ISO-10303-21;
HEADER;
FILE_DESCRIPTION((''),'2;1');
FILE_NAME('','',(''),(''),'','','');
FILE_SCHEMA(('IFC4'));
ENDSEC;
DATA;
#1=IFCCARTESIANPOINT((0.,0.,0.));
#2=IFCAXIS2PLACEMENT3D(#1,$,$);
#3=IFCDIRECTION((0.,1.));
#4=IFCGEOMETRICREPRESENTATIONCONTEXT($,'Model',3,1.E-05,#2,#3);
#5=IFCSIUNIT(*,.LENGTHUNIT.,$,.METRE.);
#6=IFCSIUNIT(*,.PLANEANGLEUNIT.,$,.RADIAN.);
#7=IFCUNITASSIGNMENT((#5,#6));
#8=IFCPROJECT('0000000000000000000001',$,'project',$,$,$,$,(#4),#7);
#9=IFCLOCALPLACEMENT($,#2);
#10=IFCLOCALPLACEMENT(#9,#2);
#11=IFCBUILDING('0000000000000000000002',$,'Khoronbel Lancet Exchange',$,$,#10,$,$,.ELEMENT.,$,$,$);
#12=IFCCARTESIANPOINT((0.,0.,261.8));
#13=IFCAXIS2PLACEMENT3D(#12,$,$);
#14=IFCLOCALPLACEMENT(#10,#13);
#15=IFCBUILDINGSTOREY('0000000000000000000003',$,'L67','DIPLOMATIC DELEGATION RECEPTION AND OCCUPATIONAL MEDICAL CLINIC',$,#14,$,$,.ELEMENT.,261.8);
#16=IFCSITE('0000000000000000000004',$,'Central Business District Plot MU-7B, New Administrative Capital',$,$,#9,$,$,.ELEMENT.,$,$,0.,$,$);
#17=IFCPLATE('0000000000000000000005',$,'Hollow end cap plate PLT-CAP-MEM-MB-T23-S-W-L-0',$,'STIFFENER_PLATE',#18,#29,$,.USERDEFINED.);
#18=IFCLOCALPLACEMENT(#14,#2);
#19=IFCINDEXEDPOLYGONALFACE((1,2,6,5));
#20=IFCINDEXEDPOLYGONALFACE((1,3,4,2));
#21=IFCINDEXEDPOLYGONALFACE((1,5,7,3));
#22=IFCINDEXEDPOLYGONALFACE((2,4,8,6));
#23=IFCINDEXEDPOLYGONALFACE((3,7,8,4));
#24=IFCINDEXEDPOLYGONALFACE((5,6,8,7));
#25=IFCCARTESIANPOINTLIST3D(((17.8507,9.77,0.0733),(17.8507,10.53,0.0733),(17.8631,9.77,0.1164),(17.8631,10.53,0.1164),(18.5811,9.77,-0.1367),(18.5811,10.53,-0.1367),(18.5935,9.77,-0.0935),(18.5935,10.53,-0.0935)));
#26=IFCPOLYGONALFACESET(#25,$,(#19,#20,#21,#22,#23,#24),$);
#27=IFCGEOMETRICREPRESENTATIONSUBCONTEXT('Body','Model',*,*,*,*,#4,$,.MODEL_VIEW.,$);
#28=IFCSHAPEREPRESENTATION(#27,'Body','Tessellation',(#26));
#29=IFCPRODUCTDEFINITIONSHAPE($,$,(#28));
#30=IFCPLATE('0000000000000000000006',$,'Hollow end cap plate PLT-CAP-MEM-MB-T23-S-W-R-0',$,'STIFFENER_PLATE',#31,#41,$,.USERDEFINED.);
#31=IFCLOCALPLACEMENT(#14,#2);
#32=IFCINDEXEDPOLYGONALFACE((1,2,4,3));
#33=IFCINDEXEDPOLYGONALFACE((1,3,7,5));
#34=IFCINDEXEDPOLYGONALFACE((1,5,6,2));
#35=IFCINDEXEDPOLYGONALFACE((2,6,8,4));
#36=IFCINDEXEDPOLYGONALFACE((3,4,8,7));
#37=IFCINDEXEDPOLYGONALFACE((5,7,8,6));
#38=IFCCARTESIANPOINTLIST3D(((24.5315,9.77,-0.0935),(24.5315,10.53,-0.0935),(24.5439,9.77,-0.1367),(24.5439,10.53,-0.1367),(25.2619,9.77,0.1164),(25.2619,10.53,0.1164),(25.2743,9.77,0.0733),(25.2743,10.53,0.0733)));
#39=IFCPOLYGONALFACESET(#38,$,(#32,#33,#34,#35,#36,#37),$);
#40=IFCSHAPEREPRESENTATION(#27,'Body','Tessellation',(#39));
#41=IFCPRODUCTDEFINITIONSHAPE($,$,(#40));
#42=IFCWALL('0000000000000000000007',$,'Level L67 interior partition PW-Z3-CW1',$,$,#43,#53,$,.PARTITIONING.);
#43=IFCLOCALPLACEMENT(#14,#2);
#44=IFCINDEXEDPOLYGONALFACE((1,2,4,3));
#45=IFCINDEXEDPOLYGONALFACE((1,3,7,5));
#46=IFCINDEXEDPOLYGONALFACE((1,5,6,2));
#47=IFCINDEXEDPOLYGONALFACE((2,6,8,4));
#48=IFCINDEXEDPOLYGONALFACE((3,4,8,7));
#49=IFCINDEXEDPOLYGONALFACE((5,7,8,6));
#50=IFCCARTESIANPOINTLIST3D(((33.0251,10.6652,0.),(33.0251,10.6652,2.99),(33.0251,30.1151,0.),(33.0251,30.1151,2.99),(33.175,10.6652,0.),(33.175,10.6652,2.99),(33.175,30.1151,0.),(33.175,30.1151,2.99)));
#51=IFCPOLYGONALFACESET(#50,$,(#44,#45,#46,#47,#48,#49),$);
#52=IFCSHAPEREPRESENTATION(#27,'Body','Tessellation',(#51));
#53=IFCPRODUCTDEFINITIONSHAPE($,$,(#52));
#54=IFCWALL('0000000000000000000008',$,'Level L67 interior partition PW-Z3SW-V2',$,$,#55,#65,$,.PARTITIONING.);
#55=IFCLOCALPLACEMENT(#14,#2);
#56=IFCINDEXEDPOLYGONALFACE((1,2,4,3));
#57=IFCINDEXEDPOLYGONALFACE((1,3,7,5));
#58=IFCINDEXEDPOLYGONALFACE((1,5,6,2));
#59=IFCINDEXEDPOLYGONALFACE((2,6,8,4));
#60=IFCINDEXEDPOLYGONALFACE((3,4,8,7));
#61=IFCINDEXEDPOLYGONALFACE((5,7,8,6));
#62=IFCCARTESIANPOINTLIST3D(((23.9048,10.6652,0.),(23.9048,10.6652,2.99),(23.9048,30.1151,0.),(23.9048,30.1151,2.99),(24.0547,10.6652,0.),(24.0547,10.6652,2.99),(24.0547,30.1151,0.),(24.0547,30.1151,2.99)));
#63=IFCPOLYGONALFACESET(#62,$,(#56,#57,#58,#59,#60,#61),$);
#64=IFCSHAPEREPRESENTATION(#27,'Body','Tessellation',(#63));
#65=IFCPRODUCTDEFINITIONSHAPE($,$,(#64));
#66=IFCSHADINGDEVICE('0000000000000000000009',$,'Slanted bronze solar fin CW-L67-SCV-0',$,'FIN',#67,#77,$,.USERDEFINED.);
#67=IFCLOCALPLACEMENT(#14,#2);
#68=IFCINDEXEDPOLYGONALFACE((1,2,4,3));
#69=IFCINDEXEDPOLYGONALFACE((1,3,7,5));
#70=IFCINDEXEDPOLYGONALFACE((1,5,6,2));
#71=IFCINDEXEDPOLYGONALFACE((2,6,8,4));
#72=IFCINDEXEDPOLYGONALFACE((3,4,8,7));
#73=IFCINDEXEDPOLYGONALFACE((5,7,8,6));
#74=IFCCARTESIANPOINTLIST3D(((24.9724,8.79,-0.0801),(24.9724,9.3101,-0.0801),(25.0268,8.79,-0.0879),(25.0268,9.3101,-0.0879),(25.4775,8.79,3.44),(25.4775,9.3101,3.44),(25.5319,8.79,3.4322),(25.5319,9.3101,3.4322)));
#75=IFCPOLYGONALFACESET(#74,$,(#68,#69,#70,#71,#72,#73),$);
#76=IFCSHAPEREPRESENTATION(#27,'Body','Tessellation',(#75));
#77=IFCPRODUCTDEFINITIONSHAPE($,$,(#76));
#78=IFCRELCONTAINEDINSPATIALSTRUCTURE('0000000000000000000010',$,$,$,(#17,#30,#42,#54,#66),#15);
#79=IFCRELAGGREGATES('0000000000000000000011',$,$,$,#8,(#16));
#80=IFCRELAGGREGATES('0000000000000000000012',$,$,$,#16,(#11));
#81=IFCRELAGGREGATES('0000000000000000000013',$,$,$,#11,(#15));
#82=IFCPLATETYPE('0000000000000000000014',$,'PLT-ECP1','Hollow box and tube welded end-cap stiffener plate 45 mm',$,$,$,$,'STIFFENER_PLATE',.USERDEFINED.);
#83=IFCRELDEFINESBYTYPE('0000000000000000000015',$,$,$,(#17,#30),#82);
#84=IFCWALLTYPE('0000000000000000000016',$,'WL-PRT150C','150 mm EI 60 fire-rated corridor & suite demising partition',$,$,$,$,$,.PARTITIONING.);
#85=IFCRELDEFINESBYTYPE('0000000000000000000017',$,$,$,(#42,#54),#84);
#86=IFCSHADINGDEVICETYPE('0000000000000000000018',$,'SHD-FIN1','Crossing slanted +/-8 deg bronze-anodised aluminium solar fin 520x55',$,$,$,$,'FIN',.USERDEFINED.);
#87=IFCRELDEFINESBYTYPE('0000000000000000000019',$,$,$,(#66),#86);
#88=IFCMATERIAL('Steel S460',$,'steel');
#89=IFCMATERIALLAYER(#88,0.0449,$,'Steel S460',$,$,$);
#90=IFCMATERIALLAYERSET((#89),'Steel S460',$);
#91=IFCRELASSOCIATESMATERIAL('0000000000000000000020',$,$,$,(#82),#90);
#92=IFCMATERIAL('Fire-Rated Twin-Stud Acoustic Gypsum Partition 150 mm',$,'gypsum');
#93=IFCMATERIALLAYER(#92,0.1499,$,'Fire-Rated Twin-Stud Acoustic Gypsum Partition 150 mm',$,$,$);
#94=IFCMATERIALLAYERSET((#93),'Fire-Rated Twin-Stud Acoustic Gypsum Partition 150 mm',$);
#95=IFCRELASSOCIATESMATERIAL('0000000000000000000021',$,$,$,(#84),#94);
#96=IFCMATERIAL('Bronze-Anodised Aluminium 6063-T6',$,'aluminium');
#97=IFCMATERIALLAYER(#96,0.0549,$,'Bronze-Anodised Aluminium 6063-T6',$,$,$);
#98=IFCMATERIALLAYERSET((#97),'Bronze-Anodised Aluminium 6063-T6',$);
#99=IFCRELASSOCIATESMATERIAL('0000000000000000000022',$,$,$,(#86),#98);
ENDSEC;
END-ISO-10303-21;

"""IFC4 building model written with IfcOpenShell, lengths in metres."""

from ifc_helpers import new_model, si_unit, direction, frame, frame_2d, origin, place, context, subcontext, project, spatial, polyline, rectangle, outline, extrude, material, layer, layer_set, type_object, element, save


model = new_model("IFC4")

# Units and contexts
model_context = context("Model", 3, precision=1e-05, world=origin(), true_north=direction((0.0, 1.0)))
body_context = subcontext(model_context, "Body", "Model", "MODEL_VIEW")
ifc_project = project(units=[si_unit("LENGTHUNIT", "METRE"), si_unit("PLANEANGLEUNIT", "RADIAN")], contexts=[model_context])

# Site, building, storey
site_placement = place(None, origin())
site = spatial("IfcSite", under=ifc_project, at=site_placement, Name="Central Business District Plot MU-7B, New Administrative Capital", CompositionType="ELEMENT", RefElevation=0.0)
building_placement = place(site_placement, origin())
building = spatial("IfcBuilding", under=site, at=building_placement, Name="Khoronbel Lancet Exchange", CompositionType="ELEMENT")
storey_placement = place(building_placement, frame((0.0, 0.0, 261.8)))
storey = spatial("IfcBuildingStorey", under=building, at=storey_placement, Name="L67", Description="DIPLOMATIC DELEGATION RECEPTION AND OCCUPATIONAL MEDICAL CLINIC", CompositionType="ELEMENT", Elevation=261.8)

# Shared definitions
ifc_material_1 = material(Name="Steel S460", Category="steel")

# Shared definitions
ifc_material_2 = material(Name="Bronze-Anodised Aluminium 6063-T6", Category="aluminium")

# Plates
ifc_layer_1 = layer(ifc_material_1, 0.0449, Name="Steel S460")
ifc_layer_set_1 = layer_set([ifc_layer_1], Name="Steel S460")
plate_type_1 = type_object("IfcPlateType", Name="PLT-ECP1", Description="Hollow box and tube welded end-cap stiffener plate 45 mm", ElementType="STIFFENER_PLATE", PredefinedType="USERDEFINED", material=ifc_layer_set_1)
for number, where, z_axis, x_axis, name in (
    (1, (18.5935, 9.77, -0.0935), (0.276248, 0.0, 0.961086), (0.0, 1.0, 0.0), "Hollow end cap plate PLT-CAP-MEM-MB-T23-S-W-L-0"),
    (2, (24.5315, 10.53, -0.0935), (-0.276248, 0.0, 0.961086), (0.0, -1.0, 0.0), "Hollow end cap plate PLT-CAP-MEM-MB-T23-S-W-R-0"),
):
    element("IfcPlate", number, at=place(storey_placement, frame(where, z_axis=z_axis, x_axis=x_axis)), inside=storey, type_object=plate_type_1, Name=name, ObjectType="STIFFENER_PLATE", PredefinedType="USERDEFINED", context=body_context, shape_type="SweptSolid", body=[
        extrude(outline(polyline([(0.0, 0.0), (0.76, 0.0), (0.76, 0.76), (0.0, 0.76), (0.0, 0.0)])), origin(), (0.0, 0.0, -1.0), 0.0449),
    ])

# Walls
ifc_material_3 = material(Name="Fire-Rated Twin-Stud Acoustic Gypsum Partition 150 mm", Category="gypsum")
ifc_layer_2 = layer(ifc_material_3, 0.1499, Name="Fire-Rated Twin-Stud Acoustic Gypsum Partition 150 mm")
ifc_layer_set_2 = layer_set([ifc_layer_2], Name="Fire-Rated Twin-Stud Acoustic Gypsum Partition 150 mm")
wall_type = type_object("IfcWallType", Name="WL-PRT150C", Description="150 mm EI 60 fire-rated corridor & suite demising partition", PredefinedType="PARTITIONING", material=ifc_layer_set_2)
for number, where, z_axis, x_axis, name in (
    (3, (33.1001, 10.665, 0.0), (0.0, 0.0, 1.0), (0.0, 1.0, 0.0), "Level L67 interior partition PW-Z3-CW1"),
    (4, (23.9797, 10.665, 0.0), (0.0, 0.0, 1.0), (0.0, 1.0, 0.0), "Level L67 interior partition PW-Z3SW-V2"),
):
    element("IfcWall", number, at=place(storey_placement, frame(where, z_axis=z_axis, x_axis=x_axis)), inside=storey, type_object=wall_type, Name=name, PredefinedType="PARTITIONING", context=body_context, shape_type="SweptSolid", body=[
        extrude(rectangle(XDim=19.45, YDim=0.1499, at=frame_2d((9.7251, 0.0))), origin(), (0.0, 0.0, 1.0), 2.99),
    ])

# Shading device
ifc_layer_3 = layer(ifc_material_2, 0.0549, Name="Bronze-Anodised Aluminium 6063-T6")
ifc_layer_set_3 = layer_set([ifc_layer_3], Name="Bronze-Anodised Aluminium 6063-T6")
shading_device_type = type_object("IfcShadingDeviceType", Name="SHD-FIN1", Description="Crossing slanted +/-8 deg bronze-anodised aluminium solar fin 520x55", ElementType="FIN", PredefinedType="USERDEFINED", material=ifc_layer_set_3)
shading_device_placement = place(storey_placement, frame((24.9724, 9.3101, -0.0801), z_axis=(-0.98986, 0.0, 0.142046), x_axis=(0.0, -1.0, 0.0)))
element("IfcShadingDevice", 5, at=shading_device_placement, inside=storey, type_object=shading_device_type, Name="Slanted bronze solar fin CW-L67-SCV-0", ObjectType="FIN", PredefinedType="USERDEFINED", context=body_context, shape_type="SweptSolid", body=[
    extrude(outline(polyline([(0.0, 0.0), (0.52, 0.0), (0.52, 3.5562), (0.0, 3.5562), (0.0, 0.0)])), origin(), (0.0, 0.0, -1.0), 0.0549),
])

save(model, "model.ifc")
